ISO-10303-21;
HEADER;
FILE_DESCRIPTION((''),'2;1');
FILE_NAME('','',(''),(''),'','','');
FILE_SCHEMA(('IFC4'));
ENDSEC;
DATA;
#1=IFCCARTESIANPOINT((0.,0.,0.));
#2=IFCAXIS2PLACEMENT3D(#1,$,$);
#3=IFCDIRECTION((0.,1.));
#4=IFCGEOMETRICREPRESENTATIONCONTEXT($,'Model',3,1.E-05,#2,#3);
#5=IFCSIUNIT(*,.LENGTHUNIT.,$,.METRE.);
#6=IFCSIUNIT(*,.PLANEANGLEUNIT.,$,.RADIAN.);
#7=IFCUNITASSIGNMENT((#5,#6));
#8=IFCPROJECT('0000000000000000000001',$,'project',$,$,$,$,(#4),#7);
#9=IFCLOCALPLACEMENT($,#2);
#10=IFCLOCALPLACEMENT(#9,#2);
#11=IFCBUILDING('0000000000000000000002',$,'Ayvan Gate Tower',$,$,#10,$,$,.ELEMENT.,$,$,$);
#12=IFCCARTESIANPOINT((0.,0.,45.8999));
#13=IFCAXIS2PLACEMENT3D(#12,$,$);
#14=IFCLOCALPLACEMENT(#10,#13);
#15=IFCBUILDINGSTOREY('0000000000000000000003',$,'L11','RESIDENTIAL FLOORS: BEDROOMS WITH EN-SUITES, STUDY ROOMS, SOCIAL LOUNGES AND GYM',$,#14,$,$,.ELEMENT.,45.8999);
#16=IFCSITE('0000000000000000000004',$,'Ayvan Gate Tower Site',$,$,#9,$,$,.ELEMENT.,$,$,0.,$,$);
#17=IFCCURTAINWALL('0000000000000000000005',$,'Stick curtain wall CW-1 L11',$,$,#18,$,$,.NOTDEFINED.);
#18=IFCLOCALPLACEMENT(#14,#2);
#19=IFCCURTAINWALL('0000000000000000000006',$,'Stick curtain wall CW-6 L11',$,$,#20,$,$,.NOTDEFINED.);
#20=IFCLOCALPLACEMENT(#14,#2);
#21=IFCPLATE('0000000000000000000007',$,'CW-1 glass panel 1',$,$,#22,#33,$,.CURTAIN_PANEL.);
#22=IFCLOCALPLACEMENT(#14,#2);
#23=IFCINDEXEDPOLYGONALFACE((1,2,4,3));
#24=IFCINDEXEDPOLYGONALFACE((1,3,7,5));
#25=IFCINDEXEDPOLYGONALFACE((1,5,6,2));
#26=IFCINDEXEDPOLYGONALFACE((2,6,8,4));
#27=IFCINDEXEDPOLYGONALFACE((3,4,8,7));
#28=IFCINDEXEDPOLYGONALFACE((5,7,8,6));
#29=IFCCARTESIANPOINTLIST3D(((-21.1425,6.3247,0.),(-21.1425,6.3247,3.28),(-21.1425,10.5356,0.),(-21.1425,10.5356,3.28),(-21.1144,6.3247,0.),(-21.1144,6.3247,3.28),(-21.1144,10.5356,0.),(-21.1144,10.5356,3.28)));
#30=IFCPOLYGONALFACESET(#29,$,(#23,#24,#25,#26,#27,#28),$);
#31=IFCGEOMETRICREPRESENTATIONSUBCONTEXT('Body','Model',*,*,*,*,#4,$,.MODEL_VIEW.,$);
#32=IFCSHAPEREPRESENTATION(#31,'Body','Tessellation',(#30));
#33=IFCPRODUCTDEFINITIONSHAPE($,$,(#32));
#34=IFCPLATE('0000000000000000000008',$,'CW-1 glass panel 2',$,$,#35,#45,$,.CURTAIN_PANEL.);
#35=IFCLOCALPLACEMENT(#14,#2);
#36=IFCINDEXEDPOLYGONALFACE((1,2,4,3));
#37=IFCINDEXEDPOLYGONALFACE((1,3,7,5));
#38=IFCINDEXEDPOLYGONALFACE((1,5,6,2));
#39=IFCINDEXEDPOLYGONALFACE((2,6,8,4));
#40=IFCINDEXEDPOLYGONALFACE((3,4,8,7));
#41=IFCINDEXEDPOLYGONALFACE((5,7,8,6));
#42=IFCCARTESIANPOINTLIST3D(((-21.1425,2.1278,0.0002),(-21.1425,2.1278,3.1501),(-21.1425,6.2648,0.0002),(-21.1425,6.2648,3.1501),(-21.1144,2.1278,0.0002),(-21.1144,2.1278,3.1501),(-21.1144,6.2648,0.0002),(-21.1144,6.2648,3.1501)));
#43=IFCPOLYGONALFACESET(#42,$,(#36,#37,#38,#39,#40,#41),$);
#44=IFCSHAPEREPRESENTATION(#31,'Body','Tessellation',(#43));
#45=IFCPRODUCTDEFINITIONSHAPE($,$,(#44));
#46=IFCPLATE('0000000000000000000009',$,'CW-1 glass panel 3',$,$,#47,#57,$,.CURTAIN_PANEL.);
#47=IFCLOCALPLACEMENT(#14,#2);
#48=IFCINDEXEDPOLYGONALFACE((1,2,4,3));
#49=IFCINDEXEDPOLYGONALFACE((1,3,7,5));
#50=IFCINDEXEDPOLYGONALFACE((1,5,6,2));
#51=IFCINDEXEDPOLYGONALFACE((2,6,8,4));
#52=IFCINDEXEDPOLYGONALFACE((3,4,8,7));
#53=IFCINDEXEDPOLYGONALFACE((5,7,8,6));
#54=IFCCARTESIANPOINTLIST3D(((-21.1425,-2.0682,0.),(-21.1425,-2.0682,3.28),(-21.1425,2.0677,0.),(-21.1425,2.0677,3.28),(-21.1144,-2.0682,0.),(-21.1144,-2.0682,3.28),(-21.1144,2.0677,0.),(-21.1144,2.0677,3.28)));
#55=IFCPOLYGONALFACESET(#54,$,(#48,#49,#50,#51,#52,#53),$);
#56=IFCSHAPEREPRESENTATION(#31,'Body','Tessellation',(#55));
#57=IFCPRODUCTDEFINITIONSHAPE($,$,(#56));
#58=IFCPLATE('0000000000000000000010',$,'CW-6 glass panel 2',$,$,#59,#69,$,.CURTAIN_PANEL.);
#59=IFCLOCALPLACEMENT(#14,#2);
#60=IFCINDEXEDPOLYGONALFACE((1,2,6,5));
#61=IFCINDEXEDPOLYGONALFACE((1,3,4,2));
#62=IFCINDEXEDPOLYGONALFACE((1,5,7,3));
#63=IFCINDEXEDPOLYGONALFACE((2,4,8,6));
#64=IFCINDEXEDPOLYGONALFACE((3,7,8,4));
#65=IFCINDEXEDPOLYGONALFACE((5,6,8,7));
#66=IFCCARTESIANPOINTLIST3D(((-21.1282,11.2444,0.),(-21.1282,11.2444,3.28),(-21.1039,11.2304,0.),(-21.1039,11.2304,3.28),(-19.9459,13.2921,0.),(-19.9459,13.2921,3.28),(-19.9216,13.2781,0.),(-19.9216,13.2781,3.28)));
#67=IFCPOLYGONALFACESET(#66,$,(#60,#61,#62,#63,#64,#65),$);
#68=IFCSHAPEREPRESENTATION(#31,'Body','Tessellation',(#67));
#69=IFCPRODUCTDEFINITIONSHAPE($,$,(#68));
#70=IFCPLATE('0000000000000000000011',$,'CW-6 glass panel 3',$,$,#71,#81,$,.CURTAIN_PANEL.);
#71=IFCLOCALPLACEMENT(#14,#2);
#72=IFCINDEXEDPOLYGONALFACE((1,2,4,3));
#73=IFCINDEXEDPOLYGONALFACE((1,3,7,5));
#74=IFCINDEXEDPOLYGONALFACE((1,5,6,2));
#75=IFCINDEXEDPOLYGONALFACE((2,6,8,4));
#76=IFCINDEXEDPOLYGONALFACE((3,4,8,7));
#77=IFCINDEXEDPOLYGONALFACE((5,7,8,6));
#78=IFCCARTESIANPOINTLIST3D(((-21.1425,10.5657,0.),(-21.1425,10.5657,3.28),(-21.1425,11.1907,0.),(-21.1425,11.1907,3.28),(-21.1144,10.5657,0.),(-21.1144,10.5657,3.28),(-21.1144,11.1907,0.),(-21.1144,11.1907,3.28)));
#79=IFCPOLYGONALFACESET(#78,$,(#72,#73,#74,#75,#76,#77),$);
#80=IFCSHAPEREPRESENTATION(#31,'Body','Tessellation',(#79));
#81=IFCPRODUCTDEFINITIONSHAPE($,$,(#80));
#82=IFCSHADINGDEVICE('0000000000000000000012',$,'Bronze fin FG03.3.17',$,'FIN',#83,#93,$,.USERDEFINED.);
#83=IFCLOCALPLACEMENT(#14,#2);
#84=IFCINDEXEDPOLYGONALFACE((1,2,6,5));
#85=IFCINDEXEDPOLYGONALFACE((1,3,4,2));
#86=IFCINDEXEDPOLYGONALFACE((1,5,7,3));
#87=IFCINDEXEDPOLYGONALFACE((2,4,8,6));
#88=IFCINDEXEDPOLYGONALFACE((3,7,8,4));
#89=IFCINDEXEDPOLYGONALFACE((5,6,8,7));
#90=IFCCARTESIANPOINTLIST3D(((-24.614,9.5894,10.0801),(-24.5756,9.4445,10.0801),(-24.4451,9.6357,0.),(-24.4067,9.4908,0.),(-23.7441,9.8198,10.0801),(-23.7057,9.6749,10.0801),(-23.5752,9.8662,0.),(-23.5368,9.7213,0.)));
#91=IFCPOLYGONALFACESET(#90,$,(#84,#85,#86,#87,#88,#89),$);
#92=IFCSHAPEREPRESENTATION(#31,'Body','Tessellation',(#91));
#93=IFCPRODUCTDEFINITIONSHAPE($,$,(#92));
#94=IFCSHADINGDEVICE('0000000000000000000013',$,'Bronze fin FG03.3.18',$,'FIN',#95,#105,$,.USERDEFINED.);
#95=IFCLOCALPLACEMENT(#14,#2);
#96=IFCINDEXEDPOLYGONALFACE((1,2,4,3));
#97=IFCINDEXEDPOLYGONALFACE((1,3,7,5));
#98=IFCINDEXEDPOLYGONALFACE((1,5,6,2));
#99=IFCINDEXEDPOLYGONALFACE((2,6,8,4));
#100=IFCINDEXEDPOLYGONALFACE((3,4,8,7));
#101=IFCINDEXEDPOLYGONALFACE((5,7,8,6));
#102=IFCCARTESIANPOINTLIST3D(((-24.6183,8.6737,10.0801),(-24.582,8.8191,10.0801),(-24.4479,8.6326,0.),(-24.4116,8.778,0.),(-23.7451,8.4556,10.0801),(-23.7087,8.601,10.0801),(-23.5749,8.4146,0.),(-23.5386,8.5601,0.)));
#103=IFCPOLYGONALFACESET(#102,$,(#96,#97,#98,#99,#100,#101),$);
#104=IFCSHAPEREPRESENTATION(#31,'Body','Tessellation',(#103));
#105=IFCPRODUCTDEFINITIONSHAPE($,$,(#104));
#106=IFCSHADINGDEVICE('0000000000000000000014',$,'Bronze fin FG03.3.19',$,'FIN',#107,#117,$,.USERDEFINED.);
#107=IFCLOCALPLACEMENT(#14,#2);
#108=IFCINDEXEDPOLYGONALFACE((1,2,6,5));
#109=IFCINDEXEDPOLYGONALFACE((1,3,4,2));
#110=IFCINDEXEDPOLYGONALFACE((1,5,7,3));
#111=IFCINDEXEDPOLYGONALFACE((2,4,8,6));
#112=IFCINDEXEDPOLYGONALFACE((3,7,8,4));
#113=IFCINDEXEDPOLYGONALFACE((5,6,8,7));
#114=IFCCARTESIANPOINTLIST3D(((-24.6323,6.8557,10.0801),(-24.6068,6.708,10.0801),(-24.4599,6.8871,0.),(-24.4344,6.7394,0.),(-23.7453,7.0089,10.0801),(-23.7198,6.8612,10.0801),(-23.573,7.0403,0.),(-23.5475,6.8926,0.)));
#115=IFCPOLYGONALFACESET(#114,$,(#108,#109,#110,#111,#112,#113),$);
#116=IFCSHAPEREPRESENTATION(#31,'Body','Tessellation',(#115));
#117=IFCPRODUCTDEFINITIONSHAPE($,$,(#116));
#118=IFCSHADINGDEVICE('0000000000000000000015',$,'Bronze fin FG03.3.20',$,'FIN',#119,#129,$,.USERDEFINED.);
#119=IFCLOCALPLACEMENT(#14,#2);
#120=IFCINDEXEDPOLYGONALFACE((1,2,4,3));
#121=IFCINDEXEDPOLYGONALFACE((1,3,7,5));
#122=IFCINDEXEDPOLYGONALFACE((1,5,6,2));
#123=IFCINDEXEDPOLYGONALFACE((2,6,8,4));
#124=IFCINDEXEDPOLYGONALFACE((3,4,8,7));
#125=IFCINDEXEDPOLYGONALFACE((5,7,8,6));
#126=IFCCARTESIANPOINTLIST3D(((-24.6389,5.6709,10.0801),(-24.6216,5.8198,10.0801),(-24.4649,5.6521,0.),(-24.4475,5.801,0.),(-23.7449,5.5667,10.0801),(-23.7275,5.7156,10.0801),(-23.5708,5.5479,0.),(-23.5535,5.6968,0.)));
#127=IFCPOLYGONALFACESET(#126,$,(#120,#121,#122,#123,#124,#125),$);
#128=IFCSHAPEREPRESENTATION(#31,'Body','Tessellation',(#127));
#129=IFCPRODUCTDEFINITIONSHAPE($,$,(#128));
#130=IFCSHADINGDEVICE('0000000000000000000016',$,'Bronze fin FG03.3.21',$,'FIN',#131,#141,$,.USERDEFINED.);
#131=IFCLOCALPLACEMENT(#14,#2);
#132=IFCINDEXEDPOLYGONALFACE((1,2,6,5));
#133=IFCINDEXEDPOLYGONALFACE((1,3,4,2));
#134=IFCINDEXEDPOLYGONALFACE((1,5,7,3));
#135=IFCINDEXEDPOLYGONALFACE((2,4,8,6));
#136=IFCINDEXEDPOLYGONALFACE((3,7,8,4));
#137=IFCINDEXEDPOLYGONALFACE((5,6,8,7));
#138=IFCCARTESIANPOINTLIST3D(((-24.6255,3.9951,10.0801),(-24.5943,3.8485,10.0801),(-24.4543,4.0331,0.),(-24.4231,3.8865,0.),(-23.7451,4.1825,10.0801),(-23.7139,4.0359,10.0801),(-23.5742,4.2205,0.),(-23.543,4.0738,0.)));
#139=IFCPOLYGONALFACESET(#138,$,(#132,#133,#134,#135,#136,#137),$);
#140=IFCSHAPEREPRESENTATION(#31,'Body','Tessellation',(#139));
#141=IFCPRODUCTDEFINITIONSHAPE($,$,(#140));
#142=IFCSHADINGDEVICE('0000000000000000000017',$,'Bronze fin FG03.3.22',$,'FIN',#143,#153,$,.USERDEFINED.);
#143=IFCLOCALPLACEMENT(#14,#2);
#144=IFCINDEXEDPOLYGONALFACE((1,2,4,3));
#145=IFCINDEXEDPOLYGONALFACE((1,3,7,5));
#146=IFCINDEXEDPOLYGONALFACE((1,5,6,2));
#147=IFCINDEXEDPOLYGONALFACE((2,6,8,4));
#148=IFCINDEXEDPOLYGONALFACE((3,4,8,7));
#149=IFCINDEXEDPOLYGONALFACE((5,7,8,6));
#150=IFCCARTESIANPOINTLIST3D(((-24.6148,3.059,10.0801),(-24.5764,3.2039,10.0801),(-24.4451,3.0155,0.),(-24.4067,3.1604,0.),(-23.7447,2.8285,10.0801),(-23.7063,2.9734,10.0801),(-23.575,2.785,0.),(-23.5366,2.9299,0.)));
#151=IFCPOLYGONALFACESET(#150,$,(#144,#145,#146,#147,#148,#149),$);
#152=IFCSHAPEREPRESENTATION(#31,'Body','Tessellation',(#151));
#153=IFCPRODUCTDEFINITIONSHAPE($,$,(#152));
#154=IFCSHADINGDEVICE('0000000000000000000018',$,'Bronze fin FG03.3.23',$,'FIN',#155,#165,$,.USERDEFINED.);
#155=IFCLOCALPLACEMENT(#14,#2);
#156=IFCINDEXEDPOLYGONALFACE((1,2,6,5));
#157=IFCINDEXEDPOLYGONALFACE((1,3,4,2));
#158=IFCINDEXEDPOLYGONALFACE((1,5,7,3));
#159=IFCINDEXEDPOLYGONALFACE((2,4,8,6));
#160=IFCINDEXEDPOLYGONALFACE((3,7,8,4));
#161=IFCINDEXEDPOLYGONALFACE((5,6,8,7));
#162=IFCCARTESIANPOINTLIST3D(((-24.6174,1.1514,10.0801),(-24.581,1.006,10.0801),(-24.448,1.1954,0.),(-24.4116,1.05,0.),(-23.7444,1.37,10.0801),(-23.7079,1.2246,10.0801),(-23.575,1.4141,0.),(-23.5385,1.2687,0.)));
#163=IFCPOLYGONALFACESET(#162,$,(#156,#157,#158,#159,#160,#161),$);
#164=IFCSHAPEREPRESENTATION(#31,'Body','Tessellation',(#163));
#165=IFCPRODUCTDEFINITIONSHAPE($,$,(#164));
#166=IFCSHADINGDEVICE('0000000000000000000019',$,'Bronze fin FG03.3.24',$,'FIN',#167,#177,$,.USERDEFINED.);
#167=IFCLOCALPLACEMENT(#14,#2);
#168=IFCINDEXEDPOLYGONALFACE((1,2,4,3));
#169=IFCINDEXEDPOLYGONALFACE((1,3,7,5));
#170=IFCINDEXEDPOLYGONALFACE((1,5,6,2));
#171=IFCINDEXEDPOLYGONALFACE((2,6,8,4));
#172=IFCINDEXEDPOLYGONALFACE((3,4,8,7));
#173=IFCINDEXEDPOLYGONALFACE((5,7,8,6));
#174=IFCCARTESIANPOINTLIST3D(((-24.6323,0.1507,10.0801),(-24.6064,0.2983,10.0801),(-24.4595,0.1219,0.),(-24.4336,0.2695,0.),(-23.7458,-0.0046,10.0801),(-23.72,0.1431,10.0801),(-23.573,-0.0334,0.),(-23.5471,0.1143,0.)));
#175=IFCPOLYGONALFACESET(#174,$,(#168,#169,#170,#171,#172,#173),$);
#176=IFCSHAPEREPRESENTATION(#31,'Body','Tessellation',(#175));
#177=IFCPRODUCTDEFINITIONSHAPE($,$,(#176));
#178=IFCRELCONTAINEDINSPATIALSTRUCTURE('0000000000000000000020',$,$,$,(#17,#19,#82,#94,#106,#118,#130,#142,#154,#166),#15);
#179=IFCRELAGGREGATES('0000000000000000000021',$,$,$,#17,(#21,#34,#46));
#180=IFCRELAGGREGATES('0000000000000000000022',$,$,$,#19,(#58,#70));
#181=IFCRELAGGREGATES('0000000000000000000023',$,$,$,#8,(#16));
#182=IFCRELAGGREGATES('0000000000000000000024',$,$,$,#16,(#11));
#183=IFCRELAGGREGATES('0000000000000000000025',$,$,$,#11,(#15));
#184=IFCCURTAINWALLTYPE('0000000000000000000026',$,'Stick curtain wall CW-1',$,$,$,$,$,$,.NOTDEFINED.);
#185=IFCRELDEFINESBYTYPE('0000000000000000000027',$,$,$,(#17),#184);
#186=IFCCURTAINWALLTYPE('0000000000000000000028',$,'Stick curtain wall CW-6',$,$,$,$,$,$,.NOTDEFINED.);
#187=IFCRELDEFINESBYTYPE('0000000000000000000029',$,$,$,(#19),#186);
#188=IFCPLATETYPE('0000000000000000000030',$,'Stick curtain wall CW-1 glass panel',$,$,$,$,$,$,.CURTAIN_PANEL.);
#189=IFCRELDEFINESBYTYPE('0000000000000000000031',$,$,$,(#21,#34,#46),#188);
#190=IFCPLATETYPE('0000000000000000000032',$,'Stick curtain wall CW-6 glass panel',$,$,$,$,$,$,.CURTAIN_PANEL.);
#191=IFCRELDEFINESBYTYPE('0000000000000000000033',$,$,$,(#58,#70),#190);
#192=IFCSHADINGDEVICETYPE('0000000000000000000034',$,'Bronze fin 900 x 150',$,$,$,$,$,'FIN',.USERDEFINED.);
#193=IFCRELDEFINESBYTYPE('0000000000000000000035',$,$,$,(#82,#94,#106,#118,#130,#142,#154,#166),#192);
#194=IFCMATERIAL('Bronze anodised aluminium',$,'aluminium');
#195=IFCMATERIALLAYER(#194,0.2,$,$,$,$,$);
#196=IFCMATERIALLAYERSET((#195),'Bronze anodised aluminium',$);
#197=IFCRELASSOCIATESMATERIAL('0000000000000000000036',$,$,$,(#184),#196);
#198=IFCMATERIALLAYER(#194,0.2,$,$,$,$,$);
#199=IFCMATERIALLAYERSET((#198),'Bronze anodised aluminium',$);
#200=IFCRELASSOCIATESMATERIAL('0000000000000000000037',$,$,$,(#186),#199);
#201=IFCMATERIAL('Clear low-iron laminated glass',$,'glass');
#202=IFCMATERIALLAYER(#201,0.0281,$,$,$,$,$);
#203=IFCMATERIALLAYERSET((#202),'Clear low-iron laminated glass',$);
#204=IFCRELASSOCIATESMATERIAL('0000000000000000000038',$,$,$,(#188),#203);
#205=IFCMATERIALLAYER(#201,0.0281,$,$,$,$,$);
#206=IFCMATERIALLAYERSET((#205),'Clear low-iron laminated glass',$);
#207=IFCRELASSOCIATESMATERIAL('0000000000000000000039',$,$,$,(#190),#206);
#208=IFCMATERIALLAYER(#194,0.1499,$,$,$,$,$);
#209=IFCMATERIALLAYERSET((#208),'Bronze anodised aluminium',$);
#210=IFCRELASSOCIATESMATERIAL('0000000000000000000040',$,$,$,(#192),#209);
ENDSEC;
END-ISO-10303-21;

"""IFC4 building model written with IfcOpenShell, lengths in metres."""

from ifc_helpers import new_model, si_unit, direction, frame, origin, origin_2d, place, context, subcontext, project, spatial, polyline, rectangle, outline, extrude, material, layer, layer_set, type_object, element, aggregate, save


model = new_model("IFC4")

# Units and contexts
model_context = context("Model", 3, precision=1e-05, world=origin(), true_north=direction((0.0, 1.0)))
body_context = subcontext(model_context, "Body", "Model", "MODEL_VIEW")
ifc_project = project(units=[si_unit("LENGTHUNIT", "METRE"), si_unit("PLANEANGLEUNIT", "RADIAN")], contexts=[model_context])

# Site, building, storey
site_placement = place(None, origin())
site = spatial("IfcSite", under=ifc_project, at=site_placement, Name="Ayvan Gate Tower Site", CompositionType="ELEMENT", RefElevation=0.0)
building_placement = place(site_placement, origin())
building = spatial("IfcBuilding", under=site, at=building_placement, Name="Ayvan Gate Tower", CompositionType="ELEMENT")
storey_placement = place(building_placement, frame((0.0, 0.0, 45.8999)))
storey = spatial("IfcBuildingStorey", under=building, at=storey_placement, Name="L11", Description="RESIDENTIAL FLOORS: BEDROOMS WITH EN-SUITES, STUDY ROOMS, SOCIAL LOUNGES AND GYM", CompositionType="ELEMENT", Elevation=45.8999)

# Curtain walls
ifc_material_1 = material(Name="Bronze anodised aluminium", Category="aluminium")
ifc_layer_1 = layer(ifc_material_1, 0.2)
ifc_layer_set_1 = layer_set([ifc_layer_1], Name="Bronze anodised aluminium")
curtain_wall_type_1 = type_object("IfcCurtainWallType", Name="Stick curtain wall CW-1", PredefinedType="NOTDEFINED", material=ifc_layer_set_1)
curtain_wall_1_placement = place(storey_placement, origin())
curtain_wall_1 = element("IfcCurtainWall", 1, at=curtain_wall_1_placement, inside=storey, type_object=curtain_wall_type_1, Name="Stick curtain wall CW-1 L11", PredefinedType="NOTDEFINED")
ifc_layer_2 = layer(ifc_material_1, 0.2)
ifc_layer_set_2 = layer_set([ifc_layer_2], Name="Bronze anodised aluminium")
curtain_wall_type_2 = type_object("IfcCurtainWallType", Name="Stick curtain wall CW-6", PredefinedType="NOTDEFINED", material=ifc_layer_set_2)
curtain_wall_2_placement = place(storey_placement, origin())
curtain_wall_2 = element("IfcCurtainWall", 2, at=curtain_wall_2_placement, inside=storey, type_object=curtain_wall_type_2, Name="Stick curtain wall CW-6 L11", PredefinedType="NOTDEFINED")

# Plates
ifc_material_2 = material(Name="Clear low-iron laminated glass", Category="glass")
ifc_layer_3 = layer(ifc_material_2, 0.0281)
ifc_layer_set_3 = layer_set([ifc_layer_3], Name="Clear low-iron laminated glass")
plate_type_1 = type_object("IfcPlateType", Name="Stick curtain wall CW-1 glass panel", PredefinedType="CURTAIN_PANEL", material=ifc_layer_set_3)
plate_1_placement = place(storey_placement, frame((-21.1284, 8.4302, 0.0), z_axis=(0.0, 0.0, 1.0), x_axis=(0.0, -1.0, 0.0)))
plate_1 = element("IfcPlate", 3, at=plate_1_placement, type_object=plate_type_1, Name="CW-1 glass panel 1", PredefinedType="CURTAIN_PANEL", context=body_context, shape_type="SweptSolid", body=[
    extrude(rectangle(XDim=4.2109, YDim=0.0281, at=origin_2d()), origin(), (0.0, 0.0, 1.0), 3.28),
])
plate_2_placement = place(storey_placement, frame((-21.1284, 4.1963, 0.0002), z_axis=(0.0, 0.0, 1.0), x_axis=(0.0, -1.0, 0.0)))
plate_2 = element("IfcPlate", 4, at=plate_2_placement, type_object=plate_type_1, Name="CW-1 glass panel 2", PredefinedType="CURTAIN_PANEL", context=body_context, shape_type="SweptSolid", body=[
    extrude(rectangle(XDim=4.137, YDim=0.0281, at=origin_2d()), origin(), (0.0, 0.0, 1.0), 3.1499),
])
plate_3_placement = place(storey_placement, frame((-21.1284, -0.0002, 0.0), z_axis=(0.0, 0.0, 1.0), x_axis=(0.0, -1.0, 0.0)))
plate_3 = element("IfcPlate", 5, at=plate_3_placement, type_object=plate_type_1, Name="CW-1 glass panel 3", PredefinedType="CURTAIN_PANEL", context=body_context, shape_type="SweptSolid", body=[
    extrude(rectangle(XDim=4.136, YDim=0.0281, at=origin_2d()), origin(), (0.0, 0.0, 1.0), 3.28),
])
aggregate(curtain_wall_1, [plate_1, plate_2, plate_3])
ifc_layer_4 = layer(ifc_material_2, 0.0281)
ifc_layer_set_4 = layer_set([ifc_layer_4], Name="Clear low-iron laminated glass")
plate_type_2 = type_object("IfcPlateType", Name="Stick curtain wall CW-6 glass panel", PredefinedType="CURTAIN_PANEL", material=ifc_layer_set_4)
plate_4_placement = place(storey_placement, frame((-20.5249, 12.2612, 0.0), z_axis=(0.0, 0.0, 1.0), x_axis=(-0.5, -0.866025, 0.0)))
plate_4 = element("IfcPlate", 6, at=plate_4_placement, type_object=plate_type_2, Name="CW-6 glass panel 2", PredefinedType="CURTAIN_PANEL", context=body_context, shape_type="SweptSolid", body=[
    extrude(rectangle(XDim=2.3645, YDim=0.0281, at=origin_2d()), origin(), (0.0, 0.0, 1.0), 3.28),
])
plate_5_placement = place(storey_placement, frame((-21.1284, 10.8782, 0.0), z_axis=(0.0, 0.0, 1.0), x_axis=(0.0, -1.0, 0.0)))
plate_5 = element("IfcPlate", 7, at=plate_5_placement, type_object=plate_type_2, Name="CW-6 glass panel 3", PredefinedType="CURTAIN_PANEL", context=body_context, shape_type="SweptSolid", body=[
    extrude(rectangle(XDim=0.625, YDim=0.0281, at=origin_2d()), origin(), (0.0, 0.0, 1.0), 3.28),
])
aggregate(curtain_wall_2, [plate_4, plate_5])

# Shading devices
ifc_layer_5 = layer(ifc_material_1, 0.1499)
ifc_layer_set_5 = layer_set([ifc_layer_5], Name="Bronze anodised aluminium")
shading_device_type = type_object("IfcShadingDeviceType", Name="Bronze fin 900 x 150", ElementType="FIN", PredefinedType="USERDEFINED", material=ifc_layer_set_5)
shading_device_1_placement = place(storey_placement, frame((-23.5752, 9.8662, 0.0), z_axis=(-0.256109, 0.966648, 0.000156), x_axis=(-0.966648, -0.256109, 0.0)))
element("IfcShadingDevice", 8, at=shading_device_1_placement, inside=storey, type_object=shading_device_type, Name="Bronze fin FG03.3.17", ObjectType="FIN", PredefinedType="USERDEFINED", context=body_context, shape_type="SweptSolid", body=[
    extrude(outline(polyline([(0.0, 0.0), (0.8999, 0.0), (1.0751, 10.0801), (0.1752, 10.0801), (0.0, 0.0)])), origin(), (0.0, 0.0, -1.0), 0.1499),
])
shading_device_2_placement = place(storey_placement, frame((-23.5386, 8.5601, 0.0), z_axis=(0.242248, 0.970214, 0.000145), x_axis=(-0.970214, 0.242248, 0.0)))
element("IfcShadingDevice", 9, at=shading_device_2_placement, inside=storey, type_object=shading_device_type, Name="Bronze fin FG03.3.18", ObjectType="FIN", PredefinedType="USERDEFINED", context=body_context, shape_type="SweptSolid", body=[
    extrude(outline(polyline([(0.0, 0.0), (0.8999, 0.0), (1.0751, 10.0801), (0.175, 10.0801), (0.0, 0.0)])), origin(), (0.0, 0.0, -1.0), 0.1499),
])
shading_device_3_placement = place(storey_placement, frame((-23.573, 7.0403, 0.0), z_axis=(-0.170202, 0.985409, 0.000157), x_axis=(-0.985409, -0.170202, 0.0)))
element("IfcShadingDevice", 10, at=shading_device_3_placement, inside=storey, type_object=shading_device_type, Name="Bronze fin FG03.3.19", ObjectType="FIN", PredefinedType="USERDEFINED", context=body_context, shape_type="SweptSolid", body=[
    extrude(outline(polyline([(0.0, 0.0), (0.9001, 0.0), (1.0753, 10.0801), (0.1752, 10.0801), (0.0, 0.0)])), origin(), (0.0, 0.0, -1.0), 0.1499),
])
shading_device_4_placement = place(storey_placement, frame((-23.5535, 5.6968, 0.0), z_axis=(0.115818, 0.99327, 0.000148), x_axis=(-0.99327, 0.115818, 0.0)))
element("IfcShadingDevice", 11, at=shading_device_4_placement, inside=storey, type_object=shading_device_type, Name="Bronze fin FG03.3.20", ObjectType="FIN", PredefinedType="USERDEFINED", context=body_context, shape_type="SweptSolid", body=[
    extrude(outline(polyline([(0.0, 0.0), (0.9001, 0.0), (1.0752, 10.0801), (0.1751, 10.0801), (0.0, 0.0)])), origin(), (0.0, 0.0, -1.0), 0.1499),
])
shading_device_5_placement = place(storey_placement, frame((-23.5742, 4.2205, 0.0), z_axis=(-0.208204, 0.978085, 0.000151), x_axis=(-0.978085, -0.208204, 0.0)))
element("IfcShadingDevice", 12, at=shading_device_5_placement, inside=storey, type_object=shading_device_type, Name="Bronze fin FG03.3.21", ObjectType="FIN", PredefinedType="USERDEFINED", context=body_context, shape_type="SweptSolid", body=[
    extrude(outline(polyline([(0.0, 0.0), (0.8998, 0.0), (1.0751, 10.0801), (0.175, 10.0801), (0.0, 0.0)])), origin(), (0.0, 0.0, -1.0), 0.1499),
])
shading_device_6_placement = place(storey_placement, frame((-23.5366, 2.9299, 0.0), z_axis=(0.256042, 0.966666, 0.000142), x_axis=(-0.966666, 0.256042, 0.0)))
element("IfcShadingDevice", 13, at=shading_device_6_placement, inside=storey, type_object=shading_device_type, Name="Bronze fin FG03.3.22", ObjectType="FIN", PredefinedType="USERDEFINED", context=body_context, shape_type="SweptSolid", body=[
    extrude(outline(polyline([(0.0, 0.0), (0.9001, 0.0), (1.0753, 10.0801), (0.1751, 10.0801), (0.0, 0.0)])), origin(), (0.0, 0.0, -1.0), 0.1499),
])
shading_device_7_placement = place(storey_placement, frame((-23.575, 1.4141, 0.0), z_axis=(-0.242919, 0.970047, 0.000158), x_axis=(-0.970047, -0.242919, 0.0)))
element("IfcShadingDevice", 14, at=shading_device_7_placement, inside=storey, type_object=shading_device_type, Name="Bronze fin FG03.3.23", ObjectType="FIN", PredefinedType="USERDEFINED", context=body_context, shape_type="SweptSolid", body=[
    extrude(outline(polyline([(0.0, 0.0), (0.9, 0.0), (1.0751, 10.0801), (0.175, 10.0801), (0.0, 0.0)])), origin(), (0.0, 0.0, -1.0), 0.1499),
])
shading_device_8_placement = place(storey_placement, frame((-23.5471, 0.1143, 0.0), z_axis=(0.172532, 0.985004, 0.000143), x_axis=(-0.985004, 0.172532, 0.0)))
element("IfcShadingDevice", 15, at=shading_device_8_placement, inside=storey, type_object=shading_device_type, Name="Bronze fin FG03.3.24", ObjectType="FIN", PredefinedType="USERDEFINED", context=body_context, shape_type="SweptSolid", body=[
    extrude(outline(polyline([(0.0, 0.0), (0.9, 0.0), (1.0752, 10.0801), (0.1752, 10.0801), (0.0, 0.0)])), origin(), (0.0, 0.0, -1.0), 0.1499),
])

save(model, "model.ifc")
